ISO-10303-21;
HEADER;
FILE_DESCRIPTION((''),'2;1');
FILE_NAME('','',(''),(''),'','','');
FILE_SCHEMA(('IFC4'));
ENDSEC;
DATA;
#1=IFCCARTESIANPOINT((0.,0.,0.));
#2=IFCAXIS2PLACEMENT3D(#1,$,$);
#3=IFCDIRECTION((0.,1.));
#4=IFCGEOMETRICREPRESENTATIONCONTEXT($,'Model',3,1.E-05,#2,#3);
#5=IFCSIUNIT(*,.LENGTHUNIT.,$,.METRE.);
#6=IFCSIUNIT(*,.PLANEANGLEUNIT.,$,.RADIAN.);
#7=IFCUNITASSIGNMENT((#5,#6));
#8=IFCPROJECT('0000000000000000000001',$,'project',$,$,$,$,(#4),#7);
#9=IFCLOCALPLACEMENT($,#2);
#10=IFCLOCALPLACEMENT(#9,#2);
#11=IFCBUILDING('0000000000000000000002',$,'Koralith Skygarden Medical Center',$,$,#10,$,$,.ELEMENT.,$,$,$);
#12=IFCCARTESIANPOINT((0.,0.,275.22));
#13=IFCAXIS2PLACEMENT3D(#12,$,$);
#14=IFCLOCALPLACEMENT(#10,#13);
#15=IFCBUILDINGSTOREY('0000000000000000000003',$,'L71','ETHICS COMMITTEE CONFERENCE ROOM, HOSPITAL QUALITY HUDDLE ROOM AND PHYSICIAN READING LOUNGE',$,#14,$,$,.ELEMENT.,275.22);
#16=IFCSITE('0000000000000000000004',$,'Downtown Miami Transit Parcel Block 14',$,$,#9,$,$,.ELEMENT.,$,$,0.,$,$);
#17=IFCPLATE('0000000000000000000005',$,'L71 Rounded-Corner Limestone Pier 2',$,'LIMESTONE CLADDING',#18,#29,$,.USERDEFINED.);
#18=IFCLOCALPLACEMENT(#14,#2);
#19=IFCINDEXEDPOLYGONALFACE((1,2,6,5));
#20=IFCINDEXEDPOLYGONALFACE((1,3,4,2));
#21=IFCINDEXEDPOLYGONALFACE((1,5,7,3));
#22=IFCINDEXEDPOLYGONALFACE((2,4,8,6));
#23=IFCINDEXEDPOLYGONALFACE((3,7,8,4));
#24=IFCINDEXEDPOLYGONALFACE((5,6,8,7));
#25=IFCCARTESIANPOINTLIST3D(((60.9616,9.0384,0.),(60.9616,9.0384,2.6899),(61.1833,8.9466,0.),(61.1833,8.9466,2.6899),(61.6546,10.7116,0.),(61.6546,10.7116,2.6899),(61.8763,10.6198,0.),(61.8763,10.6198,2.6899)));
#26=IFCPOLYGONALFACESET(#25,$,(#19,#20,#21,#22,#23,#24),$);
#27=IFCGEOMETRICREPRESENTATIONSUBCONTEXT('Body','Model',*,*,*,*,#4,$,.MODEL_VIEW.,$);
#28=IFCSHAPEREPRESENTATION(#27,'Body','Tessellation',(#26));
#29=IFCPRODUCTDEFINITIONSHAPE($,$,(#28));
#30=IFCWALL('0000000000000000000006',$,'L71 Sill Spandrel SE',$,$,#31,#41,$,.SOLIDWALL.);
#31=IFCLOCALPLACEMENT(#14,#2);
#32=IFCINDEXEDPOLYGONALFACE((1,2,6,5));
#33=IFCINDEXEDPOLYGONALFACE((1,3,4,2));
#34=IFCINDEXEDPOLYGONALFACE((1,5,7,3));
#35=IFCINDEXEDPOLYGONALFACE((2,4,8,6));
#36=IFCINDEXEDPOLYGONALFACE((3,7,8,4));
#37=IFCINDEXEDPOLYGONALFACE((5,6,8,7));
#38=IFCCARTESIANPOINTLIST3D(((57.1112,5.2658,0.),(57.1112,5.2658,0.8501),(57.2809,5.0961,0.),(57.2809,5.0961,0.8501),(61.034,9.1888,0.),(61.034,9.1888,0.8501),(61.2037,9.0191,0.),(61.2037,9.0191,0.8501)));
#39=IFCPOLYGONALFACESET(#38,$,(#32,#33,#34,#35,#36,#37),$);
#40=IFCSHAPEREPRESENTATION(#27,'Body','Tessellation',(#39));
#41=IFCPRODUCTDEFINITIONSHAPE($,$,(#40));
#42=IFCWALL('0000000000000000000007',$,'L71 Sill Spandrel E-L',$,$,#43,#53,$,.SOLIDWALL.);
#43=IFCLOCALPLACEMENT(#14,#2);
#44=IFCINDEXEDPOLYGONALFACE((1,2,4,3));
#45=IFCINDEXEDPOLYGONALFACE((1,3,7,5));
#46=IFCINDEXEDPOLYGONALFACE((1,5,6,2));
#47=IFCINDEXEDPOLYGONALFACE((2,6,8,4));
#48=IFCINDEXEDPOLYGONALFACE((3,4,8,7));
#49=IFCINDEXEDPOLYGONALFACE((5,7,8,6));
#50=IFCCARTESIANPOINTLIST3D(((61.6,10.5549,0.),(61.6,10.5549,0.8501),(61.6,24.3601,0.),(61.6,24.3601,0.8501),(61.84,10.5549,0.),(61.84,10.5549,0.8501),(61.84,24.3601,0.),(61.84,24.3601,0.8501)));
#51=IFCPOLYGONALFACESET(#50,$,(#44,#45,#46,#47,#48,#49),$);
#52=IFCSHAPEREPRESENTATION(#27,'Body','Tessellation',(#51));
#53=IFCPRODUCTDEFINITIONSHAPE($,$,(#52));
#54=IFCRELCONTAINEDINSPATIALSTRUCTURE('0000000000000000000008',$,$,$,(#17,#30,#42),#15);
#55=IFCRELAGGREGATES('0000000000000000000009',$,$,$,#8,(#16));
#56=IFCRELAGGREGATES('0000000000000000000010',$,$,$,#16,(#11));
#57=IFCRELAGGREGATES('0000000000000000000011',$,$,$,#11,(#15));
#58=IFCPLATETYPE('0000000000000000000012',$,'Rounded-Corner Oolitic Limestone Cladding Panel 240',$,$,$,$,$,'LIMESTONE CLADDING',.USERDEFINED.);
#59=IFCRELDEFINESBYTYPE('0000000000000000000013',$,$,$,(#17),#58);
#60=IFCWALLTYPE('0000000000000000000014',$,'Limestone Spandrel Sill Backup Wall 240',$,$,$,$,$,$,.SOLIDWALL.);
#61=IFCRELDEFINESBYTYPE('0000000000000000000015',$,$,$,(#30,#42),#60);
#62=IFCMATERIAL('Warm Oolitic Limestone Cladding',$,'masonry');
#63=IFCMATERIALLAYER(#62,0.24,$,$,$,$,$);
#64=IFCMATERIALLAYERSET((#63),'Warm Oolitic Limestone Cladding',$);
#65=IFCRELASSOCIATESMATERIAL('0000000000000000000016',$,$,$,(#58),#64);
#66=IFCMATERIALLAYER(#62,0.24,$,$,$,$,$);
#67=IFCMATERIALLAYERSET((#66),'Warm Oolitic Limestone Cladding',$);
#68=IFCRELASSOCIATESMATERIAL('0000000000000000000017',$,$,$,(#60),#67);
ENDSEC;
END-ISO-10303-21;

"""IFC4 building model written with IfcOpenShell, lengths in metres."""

from ifc_helpers import new_model, si_unit, direction, frame, frame_2d, origin, origin_2d, place, context, subcontext, project, spatial, rectangle, extrude, material, layer, layer_set, type_object, element, save


model = new_model("IFC4")

# Units and contexts
model_context = context("Model", 3, precision=1e-05, world=origin(), true_north=direction((0.0, 1.0)))
body_context = subcontext(model_context, "Body", "Model", "MODEL_VIEW")
ifc_project = project(units=[si_unit("LENGTHUNIT", "METRE"), si_unit("PLANEANGLEUNIT", "RADIAN")], contexts=[model_context])

# Site, building, storey
site_placement = place(None, origin())
site = spatial("IfcSite", under=ifc_project, at=site_placement, Name="Downtown Miami Transit Parcel Block 14", CompositionType="ELEMENT", RefElevation=0.0)
building_placement = place(site_placement, origin())
building = spatial("IfcBuilding", under=site, at=building_placement, Name="Koralith Skygarden Medical Center", CompositionType="ELEMENT")
storey_placement = place(building_placement, frame((0.0, 0.0, 275.22)))
storey = spatial("IfcBuildingStorey", under=building, at=storey_placement, Name="L71", Description="ETHICS COMMITTEE CONFERENCE ROOM, HOSPITAL QUALITY HUDDLE ROOM AND PHYSICIAN READING LOUNGE", CompositionType="ELEMENT", Elevation=275.22)

# Plate
ifc_material_1 = material(Name="Warm Oolitic Limestone Cladding", Category="masonry")
ifc_layer_1 = layer(ifc_material_1, 0.24)
ifc_layer_set_1 = layer_set([ifc_layer_1], Name="Warm Oolitic Limestone Cladding")
plate_type_1 = type_object("IfcPlateType", Name="Rounded-Corner Oolitic Limestone Cladding Panel 240", ElementType="LIMESTONE CLADDING", PredefinedType="USERDEFINED", material=ifc_layer_set_1)
for number, where, z_axis, x_axis, name in (
    (1, (61.4189, 9.8291, 0.0), (0.0, 0.0, 1.0), (0.382671, 0.923885, 0.0), "L71 Rounded-Corner Limestone Pier 2"),
):
    element("IfcPlate", number, at=place(storey_placement, frame(where, z_axis=z_axis, x_axis=x_axis)), inside=storey, type_object=plate_type_1, Name=name, ObjectType="LIMESTONE CLADDING", PredefinedType="USERDEFINED", context=body_context, shape_type="SweptSolid", body=[
        extrude(rectangle(XDim=1.811, YDim=0.24, at=origin_2d()), origin(), (0.0, 0.0, 1.0), 2.6899),
    ])

# Walls
ifc_layer_2 = layer(ifc_material_1, 0.24)
ifc_layer_set_2 = layer_set([ifc_layer_2], Name="Warm Oolitic Limestone Cladding")
wall_type = type_object("IfcWallType", Name="Limestone Spandrel Sill Backup Wall 240", PredefinedType="SOLIDWALL", material=ifc_layer_set_2)
wall_1_placement = place(storey_placement, frame((57.196, 5.1809, 0.0), z_axis=(0.0, 0.0, 1.0), x_axis=(0.707085, 0.707129, 0.0)))
element("IfcWall", 2, at=wall_1_placement, inside=storey, type_object=wall_type, Name="L71 Sill Spandrel SE", PredefinedType="SOLIDWALL", context=body_context, shape_type="SweptSolid", body=[
    extrude(rectangle(XDim=5.5479, YDim=0.24, at=frame_2d((2.7739, 0.0))), origin(), (0.0, 0.0, 1.0), 0.8501),
])
wall_2_placement = place(storey_placement, frame((61.72, 10.5549, 0.0), z_axis=(0.0, 0.0, 1.0), x_axis=(0.0, 1.0, 0.0)))
element("IfcWall", 3, at=wall_2_placement, inside=storey, type_object=wall_type, Name="L71 Sill Spandrel E-L", PredefinedType="SOLIDWALL", context=body_context, shape_type="SweptSolid", body=[
    extrude(rectangle(XDim=13.8052, YDim=0.24, at=frame_2d((6.9026, 0.0))), origin(), (0.0, 0.0, 1.0), 0.8501),
])

save(model, "model.ifc")
